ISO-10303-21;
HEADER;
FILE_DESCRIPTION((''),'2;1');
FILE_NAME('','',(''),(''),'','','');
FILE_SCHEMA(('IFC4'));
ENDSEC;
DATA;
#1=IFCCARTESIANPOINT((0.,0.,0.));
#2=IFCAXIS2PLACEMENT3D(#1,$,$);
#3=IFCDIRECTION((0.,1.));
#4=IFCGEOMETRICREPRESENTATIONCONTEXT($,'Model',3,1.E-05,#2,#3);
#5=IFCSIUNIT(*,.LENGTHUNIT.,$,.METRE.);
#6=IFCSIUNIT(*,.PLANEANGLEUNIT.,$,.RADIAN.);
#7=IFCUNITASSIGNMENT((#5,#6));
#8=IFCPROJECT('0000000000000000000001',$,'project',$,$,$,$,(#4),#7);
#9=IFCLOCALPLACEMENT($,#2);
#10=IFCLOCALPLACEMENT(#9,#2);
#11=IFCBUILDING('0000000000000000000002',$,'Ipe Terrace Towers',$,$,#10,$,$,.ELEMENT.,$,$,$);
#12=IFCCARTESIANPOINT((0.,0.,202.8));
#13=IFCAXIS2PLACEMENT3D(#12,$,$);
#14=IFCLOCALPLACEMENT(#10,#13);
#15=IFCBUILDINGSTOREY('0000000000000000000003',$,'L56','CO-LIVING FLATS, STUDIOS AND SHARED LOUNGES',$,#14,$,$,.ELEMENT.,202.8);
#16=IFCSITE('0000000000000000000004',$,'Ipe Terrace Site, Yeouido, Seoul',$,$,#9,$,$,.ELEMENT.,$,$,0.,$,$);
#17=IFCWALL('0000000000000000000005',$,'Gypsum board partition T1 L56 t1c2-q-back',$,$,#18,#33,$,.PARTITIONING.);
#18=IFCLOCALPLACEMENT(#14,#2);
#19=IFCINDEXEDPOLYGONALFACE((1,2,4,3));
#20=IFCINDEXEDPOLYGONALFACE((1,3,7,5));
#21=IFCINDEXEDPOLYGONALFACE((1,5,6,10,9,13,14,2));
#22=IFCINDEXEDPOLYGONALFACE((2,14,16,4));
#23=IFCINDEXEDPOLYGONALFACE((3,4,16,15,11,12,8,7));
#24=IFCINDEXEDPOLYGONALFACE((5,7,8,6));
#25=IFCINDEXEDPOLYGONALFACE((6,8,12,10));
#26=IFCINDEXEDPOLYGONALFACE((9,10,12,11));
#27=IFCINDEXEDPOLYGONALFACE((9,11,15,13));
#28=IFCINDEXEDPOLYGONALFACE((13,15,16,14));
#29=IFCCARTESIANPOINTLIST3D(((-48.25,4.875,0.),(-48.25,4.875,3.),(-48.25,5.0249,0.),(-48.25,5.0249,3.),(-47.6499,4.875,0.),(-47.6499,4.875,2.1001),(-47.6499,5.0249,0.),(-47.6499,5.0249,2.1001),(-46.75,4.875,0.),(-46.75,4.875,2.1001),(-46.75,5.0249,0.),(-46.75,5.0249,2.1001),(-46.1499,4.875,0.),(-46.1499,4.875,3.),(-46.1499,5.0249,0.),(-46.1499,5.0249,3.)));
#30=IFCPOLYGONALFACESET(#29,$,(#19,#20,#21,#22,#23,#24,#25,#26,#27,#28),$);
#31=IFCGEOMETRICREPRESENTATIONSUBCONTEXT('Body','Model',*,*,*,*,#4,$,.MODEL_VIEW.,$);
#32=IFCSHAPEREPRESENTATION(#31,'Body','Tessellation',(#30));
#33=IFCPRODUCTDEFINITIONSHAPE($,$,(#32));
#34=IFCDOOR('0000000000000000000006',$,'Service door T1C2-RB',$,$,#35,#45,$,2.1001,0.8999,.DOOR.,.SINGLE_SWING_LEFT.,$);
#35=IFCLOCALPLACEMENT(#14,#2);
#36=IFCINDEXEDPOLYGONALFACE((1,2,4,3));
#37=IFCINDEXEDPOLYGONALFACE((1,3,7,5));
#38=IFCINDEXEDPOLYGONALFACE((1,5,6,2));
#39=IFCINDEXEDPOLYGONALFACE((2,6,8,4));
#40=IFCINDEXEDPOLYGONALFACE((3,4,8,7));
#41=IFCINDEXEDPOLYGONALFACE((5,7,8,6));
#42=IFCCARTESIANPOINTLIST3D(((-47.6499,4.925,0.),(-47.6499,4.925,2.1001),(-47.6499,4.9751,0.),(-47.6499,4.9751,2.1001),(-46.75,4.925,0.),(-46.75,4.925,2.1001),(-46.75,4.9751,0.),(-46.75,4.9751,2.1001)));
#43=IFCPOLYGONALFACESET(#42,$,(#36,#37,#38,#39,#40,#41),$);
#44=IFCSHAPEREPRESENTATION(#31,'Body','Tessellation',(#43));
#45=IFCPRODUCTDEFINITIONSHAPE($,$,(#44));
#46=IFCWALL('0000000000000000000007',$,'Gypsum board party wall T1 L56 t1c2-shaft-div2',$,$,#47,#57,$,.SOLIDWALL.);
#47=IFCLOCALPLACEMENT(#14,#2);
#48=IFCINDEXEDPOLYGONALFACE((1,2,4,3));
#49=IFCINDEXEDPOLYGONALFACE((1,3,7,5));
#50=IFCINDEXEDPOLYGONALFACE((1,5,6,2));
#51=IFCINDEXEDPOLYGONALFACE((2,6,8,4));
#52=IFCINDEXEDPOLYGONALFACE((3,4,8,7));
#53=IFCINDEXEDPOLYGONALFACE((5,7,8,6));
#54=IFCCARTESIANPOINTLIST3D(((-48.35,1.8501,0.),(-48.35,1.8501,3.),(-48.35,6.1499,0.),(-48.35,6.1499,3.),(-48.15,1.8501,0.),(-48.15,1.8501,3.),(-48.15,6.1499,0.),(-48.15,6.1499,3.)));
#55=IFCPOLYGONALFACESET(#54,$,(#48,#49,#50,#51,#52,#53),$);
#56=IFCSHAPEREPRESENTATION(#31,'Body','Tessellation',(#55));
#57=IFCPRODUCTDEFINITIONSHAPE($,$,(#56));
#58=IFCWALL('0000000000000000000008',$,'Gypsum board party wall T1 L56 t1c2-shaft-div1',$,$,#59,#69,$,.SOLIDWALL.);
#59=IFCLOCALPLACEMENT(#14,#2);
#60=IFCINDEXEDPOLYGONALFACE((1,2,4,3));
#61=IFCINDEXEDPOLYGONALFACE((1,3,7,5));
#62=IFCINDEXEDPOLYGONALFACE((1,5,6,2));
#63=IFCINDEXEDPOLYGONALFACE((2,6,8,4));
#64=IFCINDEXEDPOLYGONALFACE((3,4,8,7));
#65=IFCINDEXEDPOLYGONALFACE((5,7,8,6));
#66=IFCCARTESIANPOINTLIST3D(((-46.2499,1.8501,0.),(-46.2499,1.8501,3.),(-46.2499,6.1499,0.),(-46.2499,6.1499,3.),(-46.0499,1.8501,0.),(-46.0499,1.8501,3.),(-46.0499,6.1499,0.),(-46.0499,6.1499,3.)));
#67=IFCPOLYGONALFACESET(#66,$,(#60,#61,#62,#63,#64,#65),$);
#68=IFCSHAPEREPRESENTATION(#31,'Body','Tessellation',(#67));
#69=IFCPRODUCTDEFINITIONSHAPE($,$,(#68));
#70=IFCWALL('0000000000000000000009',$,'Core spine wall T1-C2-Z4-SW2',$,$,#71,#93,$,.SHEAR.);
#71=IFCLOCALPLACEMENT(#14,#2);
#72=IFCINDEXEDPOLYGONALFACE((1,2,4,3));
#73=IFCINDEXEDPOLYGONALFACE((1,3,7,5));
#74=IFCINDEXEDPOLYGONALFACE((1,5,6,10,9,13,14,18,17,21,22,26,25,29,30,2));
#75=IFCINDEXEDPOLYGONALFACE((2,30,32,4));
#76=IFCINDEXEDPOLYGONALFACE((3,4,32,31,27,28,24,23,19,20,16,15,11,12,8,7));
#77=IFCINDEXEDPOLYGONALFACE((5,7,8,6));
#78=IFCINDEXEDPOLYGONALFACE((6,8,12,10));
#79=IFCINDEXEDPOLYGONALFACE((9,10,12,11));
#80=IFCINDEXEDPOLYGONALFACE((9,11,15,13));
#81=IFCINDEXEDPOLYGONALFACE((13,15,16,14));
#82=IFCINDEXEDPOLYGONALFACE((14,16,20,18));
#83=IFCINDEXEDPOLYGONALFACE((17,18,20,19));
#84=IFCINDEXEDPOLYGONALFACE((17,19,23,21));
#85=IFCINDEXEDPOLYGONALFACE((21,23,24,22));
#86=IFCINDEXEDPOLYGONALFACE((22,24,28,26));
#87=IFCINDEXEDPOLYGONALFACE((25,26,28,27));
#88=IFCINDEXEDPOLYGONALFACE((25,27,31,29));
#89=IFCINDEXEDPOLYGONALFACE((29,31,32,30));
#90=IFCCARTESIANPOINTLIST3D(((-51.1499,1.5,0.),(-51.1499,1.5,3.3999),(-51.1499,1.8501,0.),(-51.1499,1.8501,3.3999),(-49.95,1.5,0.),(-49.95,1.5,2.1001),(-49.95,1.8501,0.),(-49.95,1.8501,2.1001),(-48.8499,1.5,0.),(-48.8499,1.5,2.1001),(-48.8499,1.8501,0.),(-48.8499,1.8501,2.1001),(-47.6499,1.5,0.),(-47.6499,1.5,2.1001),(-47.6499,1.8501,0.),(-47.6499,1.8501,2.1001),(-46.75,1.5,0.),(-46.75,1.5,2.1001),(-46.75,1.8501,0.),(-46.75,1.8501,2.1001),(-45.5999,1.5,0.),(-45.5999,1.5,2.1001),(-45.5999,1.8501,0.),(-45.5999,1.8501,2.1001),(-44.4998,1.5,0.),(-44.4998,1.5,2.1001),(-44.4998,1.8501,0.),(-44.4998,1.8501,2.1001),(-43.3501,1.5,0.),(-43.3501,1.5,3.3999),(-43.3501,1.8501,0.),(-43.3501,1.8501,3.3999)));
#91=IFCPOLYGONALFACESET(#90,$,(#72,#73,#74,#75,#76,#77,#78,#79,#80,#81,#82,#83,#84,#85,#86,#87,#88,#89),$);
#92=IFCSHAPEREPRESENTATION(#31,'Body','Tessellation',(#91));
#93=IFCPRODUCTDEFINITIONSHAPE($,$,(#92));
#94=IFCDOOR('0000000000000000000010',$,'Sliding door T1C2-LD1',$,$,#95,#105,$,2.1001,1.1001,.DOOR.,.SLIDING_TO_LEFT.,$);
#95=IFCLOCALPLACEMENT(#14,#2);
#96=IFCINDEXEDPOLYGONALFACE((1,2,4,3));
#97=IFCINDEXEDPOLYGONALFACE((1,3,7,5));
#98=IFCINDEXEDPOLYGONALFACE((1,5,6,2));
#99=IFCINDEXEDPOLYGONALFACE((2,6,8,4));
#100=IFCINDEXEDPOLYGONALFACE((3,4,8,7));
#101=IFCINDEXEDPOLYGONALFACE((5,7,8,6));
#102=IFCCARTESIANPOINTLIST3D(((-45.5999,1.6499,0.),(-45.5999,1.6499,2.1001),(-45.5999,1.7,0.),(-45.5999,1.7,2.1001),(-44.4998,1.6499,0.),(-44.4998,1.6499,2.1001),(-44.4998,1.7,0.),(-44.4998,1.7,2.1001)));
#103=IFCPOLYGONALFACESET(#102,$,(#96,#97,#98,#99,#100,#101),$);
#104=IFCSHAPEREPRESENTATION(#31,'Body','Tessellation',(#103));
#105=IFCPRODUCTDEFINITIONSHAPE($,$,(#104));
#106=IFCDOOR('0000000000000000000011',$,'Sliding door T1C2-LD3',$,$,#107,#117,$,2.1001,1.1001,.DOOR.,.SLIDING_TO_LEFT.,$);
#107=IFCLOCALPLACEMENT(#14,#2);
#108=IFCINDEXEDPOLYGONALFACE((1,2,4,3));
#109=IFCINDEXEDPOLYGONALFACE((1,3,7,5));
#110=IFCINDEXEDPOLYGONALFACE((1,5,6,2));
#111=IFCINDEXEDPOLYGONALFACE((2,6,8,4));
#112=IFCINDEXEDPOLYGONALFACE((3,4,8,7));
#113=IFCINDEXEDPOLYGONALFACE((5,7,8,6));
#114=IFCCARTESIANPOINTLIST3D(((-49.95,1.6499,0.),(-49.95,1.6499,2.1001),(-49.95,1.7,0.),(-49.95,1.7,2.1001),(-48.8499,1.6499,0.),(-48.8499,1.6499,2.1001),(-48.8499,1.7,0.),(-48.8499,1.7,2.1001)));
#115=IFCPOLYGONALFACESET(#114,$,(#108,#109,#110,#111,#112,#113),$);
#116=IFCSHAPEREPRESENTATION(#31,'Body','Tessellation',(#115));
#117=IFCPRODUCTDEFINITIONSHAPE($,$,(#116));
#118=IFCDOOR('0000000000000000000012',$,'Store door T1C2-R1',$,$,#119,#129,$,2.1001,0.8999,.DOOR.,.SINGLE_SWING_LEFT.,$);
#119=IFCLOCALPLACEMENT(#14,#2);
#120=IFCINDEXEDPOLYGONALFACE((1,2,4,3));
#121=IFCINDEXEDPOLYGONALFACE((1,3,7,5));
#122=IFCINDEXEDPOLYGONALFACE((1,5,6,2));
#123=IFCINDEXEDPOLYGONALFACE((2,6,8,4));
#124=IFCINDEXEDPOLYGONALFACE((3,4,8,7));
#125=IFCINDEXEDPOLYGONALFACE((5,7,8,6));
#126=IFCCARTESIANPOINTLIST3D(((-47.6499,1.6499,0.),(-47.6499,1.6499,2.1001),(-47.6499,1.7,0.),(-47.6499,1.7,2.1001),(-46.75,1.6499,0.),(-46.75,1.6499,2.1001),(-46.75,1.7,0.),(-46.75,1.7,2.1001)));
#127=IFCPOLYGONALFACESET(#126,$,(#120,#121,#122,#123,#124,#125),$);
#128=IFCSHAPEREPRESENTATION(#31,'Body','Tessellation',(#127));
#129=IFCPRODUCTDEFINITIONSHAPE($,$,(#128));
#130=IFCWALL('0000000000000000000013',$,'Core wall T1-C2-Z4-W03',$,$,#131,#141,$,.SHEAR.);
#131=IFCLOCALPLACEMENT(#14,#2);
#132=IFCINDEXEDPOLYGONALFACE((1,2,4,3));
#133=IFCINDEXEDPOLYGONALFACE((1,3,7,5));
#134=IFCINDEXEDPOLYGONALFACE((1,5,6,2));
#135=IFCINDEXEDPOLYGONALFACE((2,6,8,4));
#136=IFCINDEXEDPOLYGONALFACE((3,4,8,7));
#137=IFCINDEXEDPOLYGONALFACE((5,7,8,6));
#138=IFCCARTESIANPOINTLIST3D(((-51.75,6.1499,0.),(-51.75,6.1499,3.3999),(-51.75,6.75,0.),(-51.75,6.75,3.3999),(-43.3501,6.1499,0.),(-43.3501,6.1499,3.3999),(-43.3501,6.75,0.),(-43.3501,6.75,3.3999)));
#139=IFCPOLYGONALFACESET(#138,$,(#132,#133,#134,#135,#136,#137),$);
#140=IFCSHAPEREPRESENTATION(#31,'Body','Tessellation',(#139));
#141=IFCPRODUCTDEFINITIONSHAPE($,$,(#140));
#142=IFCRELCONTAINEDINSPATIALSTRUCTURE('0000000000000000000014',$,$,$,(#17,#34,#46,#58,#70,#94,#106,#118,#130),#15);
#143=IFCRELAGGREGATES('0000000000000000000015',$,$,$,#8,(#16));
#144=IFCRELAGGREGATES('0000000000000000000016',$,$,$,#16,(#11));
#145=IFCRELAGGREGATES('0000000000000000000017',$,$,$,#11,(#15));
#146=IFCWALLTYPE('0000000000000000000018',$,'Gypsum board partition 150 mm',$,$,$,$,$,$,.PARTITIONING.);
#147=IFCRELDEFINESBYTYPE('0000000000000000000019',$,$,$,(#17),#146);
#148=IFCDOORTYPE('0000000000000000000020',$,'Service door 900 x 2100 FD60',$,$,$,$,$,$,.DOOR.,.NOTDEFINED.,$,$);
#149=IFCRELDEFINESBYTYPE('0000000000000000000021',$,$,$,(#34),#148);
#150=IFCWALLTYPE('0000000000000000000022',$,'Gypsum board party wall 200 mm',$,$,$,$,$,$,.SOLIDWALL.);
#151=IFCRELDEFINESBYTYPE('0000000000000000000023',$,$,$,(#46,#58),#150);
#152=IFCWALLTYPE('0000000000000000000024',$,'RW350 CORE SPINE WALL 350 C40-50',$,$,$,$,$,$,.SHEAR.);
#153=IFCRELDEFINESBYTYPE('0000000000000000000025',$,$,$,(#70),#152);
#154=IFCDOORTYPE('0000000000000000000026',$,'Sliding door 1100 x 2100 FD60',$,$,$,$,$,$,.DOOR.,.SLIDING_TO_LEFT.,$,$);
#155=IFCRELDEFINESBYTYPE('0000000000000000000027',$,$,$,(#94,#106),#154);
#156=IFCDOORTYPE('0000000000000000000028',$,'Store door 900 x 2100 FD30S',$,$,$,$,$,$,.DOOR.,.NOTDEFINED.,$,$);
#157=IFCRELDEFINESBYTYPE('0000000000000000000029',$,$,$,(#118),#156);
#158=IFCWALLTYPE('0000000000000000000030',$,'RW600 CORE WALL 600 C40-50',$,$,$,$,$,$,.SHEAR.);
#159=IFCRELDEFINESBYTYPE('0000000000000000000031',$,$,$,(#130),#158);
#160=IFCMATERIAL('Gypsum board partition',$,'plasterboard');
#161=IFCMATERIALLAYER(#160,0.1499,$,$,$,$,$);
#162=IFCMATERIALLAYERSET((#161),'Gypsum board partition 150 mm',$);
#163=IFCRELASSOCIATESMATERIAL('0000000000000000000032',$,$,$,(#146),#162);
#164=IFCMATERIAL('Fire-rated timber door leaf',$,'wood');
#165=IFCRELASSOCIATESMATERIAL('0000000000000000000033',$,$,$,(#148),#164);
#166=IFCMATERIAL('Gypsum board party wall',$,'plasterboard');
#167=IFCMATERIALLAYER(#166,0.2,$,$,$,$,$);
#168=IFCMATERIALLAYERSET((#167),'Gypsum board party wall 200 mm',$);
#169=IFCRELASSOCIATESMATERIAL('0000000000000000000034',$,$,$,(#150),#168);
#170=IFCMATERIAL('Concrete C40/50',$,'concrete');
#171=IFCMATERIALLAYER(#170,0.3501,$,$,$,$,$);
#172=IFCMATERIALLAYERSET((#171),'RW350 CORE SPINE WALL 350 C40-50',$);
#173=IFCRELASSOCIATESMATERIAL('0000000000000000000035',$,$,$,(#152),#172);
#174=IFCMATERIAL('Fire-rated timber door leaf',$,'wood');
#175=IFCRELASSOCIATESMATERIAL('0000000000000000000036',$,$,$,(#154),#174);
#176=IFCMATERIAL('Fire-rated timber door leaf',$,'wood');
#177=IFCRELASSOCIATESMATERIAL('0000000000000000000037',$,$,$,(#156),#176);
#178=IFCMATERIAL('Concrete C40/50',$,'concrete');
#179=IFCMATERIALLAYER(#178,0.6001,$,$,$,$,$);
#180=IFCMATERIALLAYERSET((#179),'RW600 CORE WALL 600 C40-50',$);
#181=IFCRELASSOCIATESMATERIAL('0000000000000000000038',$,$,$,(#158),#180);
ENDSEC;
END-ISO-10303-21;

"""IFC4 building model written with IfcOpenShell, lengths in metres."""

from ifc_helpers import new_model, si_unit, direction, frame, frame_2d, origin, place, context, subcontext, project, spatial, rectangle, extrude, material, layer, layer_set, type_object, element, fill, save


model = new_model("IFC4")

# Units and contexts
model_context = context("Model", 3, precision=1e-05, world=origin(), true_north=direction((0.0, 1.0)))
body_context = subcontext(model_context, "Body", "Model", "MODEL_VIEW")
ifc_project = project(units=[si_unit("LENGTHUNIT", "METRE"), si_unit("PLANEANGLEUNIT", "RADIAN")], contexts=[model_context])

# Site, building, storey
site_placement = place(None, origin())
site = spatial("IfcSite", under=ifc_project, at=site_placement, Name="Ipe Terrace Site, Yeouido, Seoul", CompositionType="ELEMENT", RefElevation=0.0)
building_placement = place(site_placement, origin())
building = spatial("IfcBuilding", under=site, at=building_placement, Name="Ipe Terrace Towers", CompositionType="ELEMENT")
storey_placement = place(building_placement, frame((0.0, 0.0, 202.8)))
storey = spatial("IfcBuildingStorey", under=building, at=storey_placement, Name="L56", Description="CO-LIVING FLATS, STUDIOS AND SHARED LOUNGES", CompositionType="ELEMENT", Elevation=202.8)

# Wall, opening, door
ifc_material_1 = material(Name="Gypsum board partition", Category="plasterboard")
ifc_layer_1 = layer(ifc_material_1, 0.1499)
ifc_layer_set_1 = layer_set([ifc_layer_1], Name="Gypsum board partition 150 mm")
wall_type_1 = type_object("IfcWallType", Name="Gypsum board partition 150 mm", PredefinedType="PARTITIONING", material=ifc_layer_set_1)
wall_1_placement = place(storey_placement, frame((-46.1499, 4.95, 0.0), z_axis=(0.0, 0.0, 1.0), x_axis=(-1.0, 0.0, 0.0)))
wall_1 = element("IfcWall", 1, at=wall_1_placement, inside=storey, type_object=wall_type_1, Name="Gypsum board partition T1 L56 t1c2-q-back", PredefinedType="PARTITIONING", context=body_context, shape_type="SweptSolid", body=[
    extrude(rectangle(XDim=2.1001, YDim=0.1499, at=frame_2d((1.05, 0.0))), origin(), (0.0, 0.0, 1.0), 3.0),
])
opening_1_placement = place(wall_1_placement, frame((0.6001, 0.0, 0.0)))
opening_1 = element("IfcOpeningElement", 2, at=opening_1_placement, cuts=wall_1, PredefinedType="OPENING", context=body_context, shape_type="SweptSolid", body=[
    extrude(rectangle(XDim=0.8999, YDim=2.1001, at=frame_2d((0.45, 1.05))), frame((0.0, 0.085, 0.0), z_axis=(0.0, -1.0, 0.0), x_axis=(1.0, 0.0, 0.0)), (0.0, 0.0, 1.0), 0.1699),
])
ifc_material_2 = material(Name="Fire-rated timber door leaf", Category="wood")
door_type_1 = type_object("IfcDoorType", Name="Service door 900 x 2100 FD60", OperationType="NOTDEFINED", PredefinedType="DOOR", material=ifc_material_2)
door_1_placement = place(opening_1_placement, origin())
door_1 = element("IfcDoor", 3, at=door_1_placement, inside=storey, type_object=door_type_1, Name="Service door T1C2-RB", OperationType="SINGLE_SWING_LEFT", OverallHeight=2.1001, OverallWidth=0.8999, PredefinedType="DOOR", context=body_context, shape_type="SweptSolid", body=[
    extrude(rectangle(XDim=0.8999, YDim=2.1001, at=frame_2d((0.45, 1.05))), frame((0.0, 0.0249, 0.0), z_axis=(0.0, -1.0, 0.0), x_axis=(1.0, 0.0, 0.0)), (0.0, 0.0, 1.0), 0.05),
])
fill(opening_1, door_1)

# Walls
ifc_material_3 = material(Name="Gypsum board party wall", Category="plasterboard")
ifc_layer_2 = layer(ifc_material_3, 0.2)
ifc_layer_set_2 = layer_set([ifc_layer_2], Name="Gypsum board party wall 200 mm")
wall_type_2 = type_object("IfcWallType", Name="Gypsum board party wall 200 mm", PredefinedType="SOLIDWALL", material=ifc_layer_set_2)
for number, where, z_axis, x_axis, name in (
    (4, (-48.25, 6.1499, 0.0), (0.0, 0.0, 1.0), (0.0, -1.0, 0.0), "Gypsum board party wall T1 L56 t1c2-shaft-div2"),
    (5, (-46.1499, 6.1499, 0.0), (0.0, 0.0, 1.0), (0.0, -1.0, 0.0), "Gypsum board party wall T1 L56 t1c2-shaft-div1"),
):
    element("IfcWall", number, at=place(storey_placement, frame(where, z_axis=z_axis, x_axis=x_axis)), inside=storey, type_object=wall_type_2, Name=name, PredefinedType="SOLIDWALL", context=body_context, shape_type="SweptSolid", body=[
        extrude(rectangle(XDim=4.2998, YDim=0.2, at=frame_2d((2.1499, 0.0))), origin(), (0.0, 0.0, 1.0), 3.0),
    ])

# Wall, openings, doors
ifc_material_4 = material(Name="Concrete C40/50", Category="concrete")
ifc_layer_3 = layer(ifc_material_4, 0.3501)
ifc_layer_set_3 = layer_set([ifc_layer_3], Name="RW350 CORE SPINE WALL 350 C40-50")
wall_type_3 = type_object("IfcWallType", Name="RW350 CORE SPINE WALL 350 C40-50", PredefinedType="SHEAR", material=ifc_layer_set_3)
wall_2_placement = place(storey_placement, frame((-51.1499, 1.675, 0.0), z_axis=(0.0, 0.0, 1.0), x_axis=(1.0, 0.0, 0.0)))
wall_2 = element("IfcWall", 6, at=wall_2_placement, inside=storey, type_object=wall_type_3, Name="Core spine wall T1-C2-Z4-SW2", PredefinedType="SHEAR", context=body_context, shape_type="SweptSolid", body=[
    extrude(rectangle(XDim=7.7998, YDim=0.3501, at=frame_2d((3.8999, 0.0))), origin(), (0.0, 0.0, 1.0), 3.3999),
])
opening_2_placement = place(wall_2_placement, frame((5.55, 0.0, 0.0)))
opening_2 = element("IfcOpeningElement", 7, at=opening_2_placement, cuts=wall_2, PredefinedType="OPENING", context=body_context, shape_type="SweptSolid", body=[
    extrude(rectangle(XDim=1.1001, YDim=2.1001, at=frame_2d((0.55, 1.05))), frame((0.0, 0.1851, 0.0), z_axis=(0.0, -1.0, 0.0), x_axis=(1.0, 0.0, 0.0)), (0.0, 0.0, 1.0), 0.3701),
])
opening_3_placement = place(wall_2_placement, frame((1.2, 0.0, 0.0)))
opening_3 = element("IfcOpeningElement", 8, at=opening_3_placement, cuts=wall_2, PredefinedType="OPENING", context=body_context, shape_type="SweptSolid", body=[
    extrude(rectangle(XDim=1.1001, YDim=2.1001, at=frame_2d((0.55, 1.05))), frame((0.0, 0.1851, 0.0), z_axis=(0.0, -1.0, 0.0), x_axis=(1.0, 0.0, 0.0)), (0.0, 0.0, 1.0), 0.3701),
])
opening_4_placement = place(wall_2_placement, frame((3.5, 0.0, 0.0)))
opening_4 = element("IfcOpeningElement", 9, at=opening_4_placement, cuts=wall_2, PredefinedType="OPENING", context=body_context, shape_type="SweptSolid", body=[
    extrude(rectangle(XDim=0.8999, YDim=2.1001, at=frame_2d((0.45, 1.05))), frame((0.0, 0.1851, 0.0), z_axis=(0.0, -1.0, 0.0), x_axis=(1.0, 0.0, 0.0)), (0.0, 0.0, 1.0), 0.3701),
])
ifc_material_5 = material(Name="Fire-rated timber door leaf", Category="wood")
door_type_2 = type_object("IfcDoorType", Name="Sliding door 1100 x 2100 FD60", OperationType="SLIDING_TO_LEFT", PredefinedType="DOOR", material=ifc_material_5)
door_2_placement = place(opening_2_placement, origin())
door_2 = element("IfcDoor", 10, at=door_2_placement, inside=storey, type_object=door_type_2, Name="Sliding door T1C2-LD1", OperationType="SLIDING_TO_LEFT", OverallHeight=2.1001, OverallWidth=1.1001, PredefinedType="DOOR", context=body_context, shape_type="SweptSolid", body=[
    extrude(rectangle(XDim=1.1001, YDim=2.1001, at=frame_2d((0.55, 1.05))), frame((0.0, 0.0249, 0.0), z_axis=(0.0, -1.0, 0.0), x_axis=(1.0, 0.0, 0.0)), (0.0, 0.0, 1.0), 0.05),
])
fill(opening_2, door_2)
door_3_placement = place(opening_3_placement, origin())
door_3 = element("IfcDoor", 11, at=door_3_placement, inside=storey, type_object=door_type_2, Name="Sliding door T1C2-LD3", OperationType="SLIDING_TO_LEFT", OverallHeight=2.1001, OverallWidth=1.1001, PredefinedType="DOOR", context=body_context, shape_type="SweptSolid", body=[
    extrude(rectangle(XDim=1.1001, YDim=2.1001, at=frame_2d((0.55, 1.05))), frame((0.0, 0.0249, 0.0), z_axis=(0.0, -1.0, 0.0), x_axis=(1.0, 0.0, 0.0)), (0.0, 0.0, 1.0), 0.05),
])
fill(opening_3, door_3)
ifc_material_6 = material(Name="Fire-rated timber door leaf", Category="wood")
door_type_3 = type_object("IfcDoorType", Name="Store door 900 x 2100 FD30S", OperationType="NOTDEFINED", PredefinedType="DOOR", material=ifc_material_6)
door_4_placement = place(opening_4_placement, origin())
door_4 = element("IfcDoor", 12, at=door_4_placement, inside=storey, type_object=door_type_3, Name="Store door T1C2-R1", OperationType="SINGLE_SWING_LEFT", OverallHeight=2.1001, OverallWidth=0.8999, PredefinedType="DOOR", context=body_context, shape_type="SweptSolid", body=[
    extrude(rectangle(XDim=0.8999, YDim=2.1001, at=frame_2d((0.45, 1.05))), frame((0.0, 0.0249, 0.0), z_axis=(0.0, -1.0, 0.0), x_axis=(1.0, 0.0, 0.0)), (0.0, 0.0, 1.0), 0.05),
])
fill(opening_4, door_4)

# Wall
ifc_material_7 = material(Name="Concrete C40/50", Category="concrete")
ifc_layer_4 = layer(ifc_material_7, 0.6001)
ifc_layer_set_4 = layer_set([ifc_layer_4], Name="RW600 CORE WALL 600 C40-50")
wall_type_4 = type_object("IfcWallType", Name="RW600 CORE WALL 600 C40-50", PredefinedType="SHEAR", material=ifc_layer_set_4)
wall_3_placement = place(storey_placement, frame((-43.3501, 6.45, 0.0), z_axis=(0.0, 0.0, 1.0), x_axis=(-1.0, 0.0, 0.0)))
element("IfcWall", 13, at=wall_3_placement, inside=storey, type_object=wall_type_4, Name="Core wall T1-C2-Z4-W03", PredefinedType="SHEAR", context=body_context, shape_type="SweptSolid", body=[
    extrude(rectangle(XDim=8.3999, YDim=0.6001, at=frame_2d((4.2, 0.0))), origin(), (0.0, 0.0, 1.0), 3.3999),
])

save(model, "model.ifc")
